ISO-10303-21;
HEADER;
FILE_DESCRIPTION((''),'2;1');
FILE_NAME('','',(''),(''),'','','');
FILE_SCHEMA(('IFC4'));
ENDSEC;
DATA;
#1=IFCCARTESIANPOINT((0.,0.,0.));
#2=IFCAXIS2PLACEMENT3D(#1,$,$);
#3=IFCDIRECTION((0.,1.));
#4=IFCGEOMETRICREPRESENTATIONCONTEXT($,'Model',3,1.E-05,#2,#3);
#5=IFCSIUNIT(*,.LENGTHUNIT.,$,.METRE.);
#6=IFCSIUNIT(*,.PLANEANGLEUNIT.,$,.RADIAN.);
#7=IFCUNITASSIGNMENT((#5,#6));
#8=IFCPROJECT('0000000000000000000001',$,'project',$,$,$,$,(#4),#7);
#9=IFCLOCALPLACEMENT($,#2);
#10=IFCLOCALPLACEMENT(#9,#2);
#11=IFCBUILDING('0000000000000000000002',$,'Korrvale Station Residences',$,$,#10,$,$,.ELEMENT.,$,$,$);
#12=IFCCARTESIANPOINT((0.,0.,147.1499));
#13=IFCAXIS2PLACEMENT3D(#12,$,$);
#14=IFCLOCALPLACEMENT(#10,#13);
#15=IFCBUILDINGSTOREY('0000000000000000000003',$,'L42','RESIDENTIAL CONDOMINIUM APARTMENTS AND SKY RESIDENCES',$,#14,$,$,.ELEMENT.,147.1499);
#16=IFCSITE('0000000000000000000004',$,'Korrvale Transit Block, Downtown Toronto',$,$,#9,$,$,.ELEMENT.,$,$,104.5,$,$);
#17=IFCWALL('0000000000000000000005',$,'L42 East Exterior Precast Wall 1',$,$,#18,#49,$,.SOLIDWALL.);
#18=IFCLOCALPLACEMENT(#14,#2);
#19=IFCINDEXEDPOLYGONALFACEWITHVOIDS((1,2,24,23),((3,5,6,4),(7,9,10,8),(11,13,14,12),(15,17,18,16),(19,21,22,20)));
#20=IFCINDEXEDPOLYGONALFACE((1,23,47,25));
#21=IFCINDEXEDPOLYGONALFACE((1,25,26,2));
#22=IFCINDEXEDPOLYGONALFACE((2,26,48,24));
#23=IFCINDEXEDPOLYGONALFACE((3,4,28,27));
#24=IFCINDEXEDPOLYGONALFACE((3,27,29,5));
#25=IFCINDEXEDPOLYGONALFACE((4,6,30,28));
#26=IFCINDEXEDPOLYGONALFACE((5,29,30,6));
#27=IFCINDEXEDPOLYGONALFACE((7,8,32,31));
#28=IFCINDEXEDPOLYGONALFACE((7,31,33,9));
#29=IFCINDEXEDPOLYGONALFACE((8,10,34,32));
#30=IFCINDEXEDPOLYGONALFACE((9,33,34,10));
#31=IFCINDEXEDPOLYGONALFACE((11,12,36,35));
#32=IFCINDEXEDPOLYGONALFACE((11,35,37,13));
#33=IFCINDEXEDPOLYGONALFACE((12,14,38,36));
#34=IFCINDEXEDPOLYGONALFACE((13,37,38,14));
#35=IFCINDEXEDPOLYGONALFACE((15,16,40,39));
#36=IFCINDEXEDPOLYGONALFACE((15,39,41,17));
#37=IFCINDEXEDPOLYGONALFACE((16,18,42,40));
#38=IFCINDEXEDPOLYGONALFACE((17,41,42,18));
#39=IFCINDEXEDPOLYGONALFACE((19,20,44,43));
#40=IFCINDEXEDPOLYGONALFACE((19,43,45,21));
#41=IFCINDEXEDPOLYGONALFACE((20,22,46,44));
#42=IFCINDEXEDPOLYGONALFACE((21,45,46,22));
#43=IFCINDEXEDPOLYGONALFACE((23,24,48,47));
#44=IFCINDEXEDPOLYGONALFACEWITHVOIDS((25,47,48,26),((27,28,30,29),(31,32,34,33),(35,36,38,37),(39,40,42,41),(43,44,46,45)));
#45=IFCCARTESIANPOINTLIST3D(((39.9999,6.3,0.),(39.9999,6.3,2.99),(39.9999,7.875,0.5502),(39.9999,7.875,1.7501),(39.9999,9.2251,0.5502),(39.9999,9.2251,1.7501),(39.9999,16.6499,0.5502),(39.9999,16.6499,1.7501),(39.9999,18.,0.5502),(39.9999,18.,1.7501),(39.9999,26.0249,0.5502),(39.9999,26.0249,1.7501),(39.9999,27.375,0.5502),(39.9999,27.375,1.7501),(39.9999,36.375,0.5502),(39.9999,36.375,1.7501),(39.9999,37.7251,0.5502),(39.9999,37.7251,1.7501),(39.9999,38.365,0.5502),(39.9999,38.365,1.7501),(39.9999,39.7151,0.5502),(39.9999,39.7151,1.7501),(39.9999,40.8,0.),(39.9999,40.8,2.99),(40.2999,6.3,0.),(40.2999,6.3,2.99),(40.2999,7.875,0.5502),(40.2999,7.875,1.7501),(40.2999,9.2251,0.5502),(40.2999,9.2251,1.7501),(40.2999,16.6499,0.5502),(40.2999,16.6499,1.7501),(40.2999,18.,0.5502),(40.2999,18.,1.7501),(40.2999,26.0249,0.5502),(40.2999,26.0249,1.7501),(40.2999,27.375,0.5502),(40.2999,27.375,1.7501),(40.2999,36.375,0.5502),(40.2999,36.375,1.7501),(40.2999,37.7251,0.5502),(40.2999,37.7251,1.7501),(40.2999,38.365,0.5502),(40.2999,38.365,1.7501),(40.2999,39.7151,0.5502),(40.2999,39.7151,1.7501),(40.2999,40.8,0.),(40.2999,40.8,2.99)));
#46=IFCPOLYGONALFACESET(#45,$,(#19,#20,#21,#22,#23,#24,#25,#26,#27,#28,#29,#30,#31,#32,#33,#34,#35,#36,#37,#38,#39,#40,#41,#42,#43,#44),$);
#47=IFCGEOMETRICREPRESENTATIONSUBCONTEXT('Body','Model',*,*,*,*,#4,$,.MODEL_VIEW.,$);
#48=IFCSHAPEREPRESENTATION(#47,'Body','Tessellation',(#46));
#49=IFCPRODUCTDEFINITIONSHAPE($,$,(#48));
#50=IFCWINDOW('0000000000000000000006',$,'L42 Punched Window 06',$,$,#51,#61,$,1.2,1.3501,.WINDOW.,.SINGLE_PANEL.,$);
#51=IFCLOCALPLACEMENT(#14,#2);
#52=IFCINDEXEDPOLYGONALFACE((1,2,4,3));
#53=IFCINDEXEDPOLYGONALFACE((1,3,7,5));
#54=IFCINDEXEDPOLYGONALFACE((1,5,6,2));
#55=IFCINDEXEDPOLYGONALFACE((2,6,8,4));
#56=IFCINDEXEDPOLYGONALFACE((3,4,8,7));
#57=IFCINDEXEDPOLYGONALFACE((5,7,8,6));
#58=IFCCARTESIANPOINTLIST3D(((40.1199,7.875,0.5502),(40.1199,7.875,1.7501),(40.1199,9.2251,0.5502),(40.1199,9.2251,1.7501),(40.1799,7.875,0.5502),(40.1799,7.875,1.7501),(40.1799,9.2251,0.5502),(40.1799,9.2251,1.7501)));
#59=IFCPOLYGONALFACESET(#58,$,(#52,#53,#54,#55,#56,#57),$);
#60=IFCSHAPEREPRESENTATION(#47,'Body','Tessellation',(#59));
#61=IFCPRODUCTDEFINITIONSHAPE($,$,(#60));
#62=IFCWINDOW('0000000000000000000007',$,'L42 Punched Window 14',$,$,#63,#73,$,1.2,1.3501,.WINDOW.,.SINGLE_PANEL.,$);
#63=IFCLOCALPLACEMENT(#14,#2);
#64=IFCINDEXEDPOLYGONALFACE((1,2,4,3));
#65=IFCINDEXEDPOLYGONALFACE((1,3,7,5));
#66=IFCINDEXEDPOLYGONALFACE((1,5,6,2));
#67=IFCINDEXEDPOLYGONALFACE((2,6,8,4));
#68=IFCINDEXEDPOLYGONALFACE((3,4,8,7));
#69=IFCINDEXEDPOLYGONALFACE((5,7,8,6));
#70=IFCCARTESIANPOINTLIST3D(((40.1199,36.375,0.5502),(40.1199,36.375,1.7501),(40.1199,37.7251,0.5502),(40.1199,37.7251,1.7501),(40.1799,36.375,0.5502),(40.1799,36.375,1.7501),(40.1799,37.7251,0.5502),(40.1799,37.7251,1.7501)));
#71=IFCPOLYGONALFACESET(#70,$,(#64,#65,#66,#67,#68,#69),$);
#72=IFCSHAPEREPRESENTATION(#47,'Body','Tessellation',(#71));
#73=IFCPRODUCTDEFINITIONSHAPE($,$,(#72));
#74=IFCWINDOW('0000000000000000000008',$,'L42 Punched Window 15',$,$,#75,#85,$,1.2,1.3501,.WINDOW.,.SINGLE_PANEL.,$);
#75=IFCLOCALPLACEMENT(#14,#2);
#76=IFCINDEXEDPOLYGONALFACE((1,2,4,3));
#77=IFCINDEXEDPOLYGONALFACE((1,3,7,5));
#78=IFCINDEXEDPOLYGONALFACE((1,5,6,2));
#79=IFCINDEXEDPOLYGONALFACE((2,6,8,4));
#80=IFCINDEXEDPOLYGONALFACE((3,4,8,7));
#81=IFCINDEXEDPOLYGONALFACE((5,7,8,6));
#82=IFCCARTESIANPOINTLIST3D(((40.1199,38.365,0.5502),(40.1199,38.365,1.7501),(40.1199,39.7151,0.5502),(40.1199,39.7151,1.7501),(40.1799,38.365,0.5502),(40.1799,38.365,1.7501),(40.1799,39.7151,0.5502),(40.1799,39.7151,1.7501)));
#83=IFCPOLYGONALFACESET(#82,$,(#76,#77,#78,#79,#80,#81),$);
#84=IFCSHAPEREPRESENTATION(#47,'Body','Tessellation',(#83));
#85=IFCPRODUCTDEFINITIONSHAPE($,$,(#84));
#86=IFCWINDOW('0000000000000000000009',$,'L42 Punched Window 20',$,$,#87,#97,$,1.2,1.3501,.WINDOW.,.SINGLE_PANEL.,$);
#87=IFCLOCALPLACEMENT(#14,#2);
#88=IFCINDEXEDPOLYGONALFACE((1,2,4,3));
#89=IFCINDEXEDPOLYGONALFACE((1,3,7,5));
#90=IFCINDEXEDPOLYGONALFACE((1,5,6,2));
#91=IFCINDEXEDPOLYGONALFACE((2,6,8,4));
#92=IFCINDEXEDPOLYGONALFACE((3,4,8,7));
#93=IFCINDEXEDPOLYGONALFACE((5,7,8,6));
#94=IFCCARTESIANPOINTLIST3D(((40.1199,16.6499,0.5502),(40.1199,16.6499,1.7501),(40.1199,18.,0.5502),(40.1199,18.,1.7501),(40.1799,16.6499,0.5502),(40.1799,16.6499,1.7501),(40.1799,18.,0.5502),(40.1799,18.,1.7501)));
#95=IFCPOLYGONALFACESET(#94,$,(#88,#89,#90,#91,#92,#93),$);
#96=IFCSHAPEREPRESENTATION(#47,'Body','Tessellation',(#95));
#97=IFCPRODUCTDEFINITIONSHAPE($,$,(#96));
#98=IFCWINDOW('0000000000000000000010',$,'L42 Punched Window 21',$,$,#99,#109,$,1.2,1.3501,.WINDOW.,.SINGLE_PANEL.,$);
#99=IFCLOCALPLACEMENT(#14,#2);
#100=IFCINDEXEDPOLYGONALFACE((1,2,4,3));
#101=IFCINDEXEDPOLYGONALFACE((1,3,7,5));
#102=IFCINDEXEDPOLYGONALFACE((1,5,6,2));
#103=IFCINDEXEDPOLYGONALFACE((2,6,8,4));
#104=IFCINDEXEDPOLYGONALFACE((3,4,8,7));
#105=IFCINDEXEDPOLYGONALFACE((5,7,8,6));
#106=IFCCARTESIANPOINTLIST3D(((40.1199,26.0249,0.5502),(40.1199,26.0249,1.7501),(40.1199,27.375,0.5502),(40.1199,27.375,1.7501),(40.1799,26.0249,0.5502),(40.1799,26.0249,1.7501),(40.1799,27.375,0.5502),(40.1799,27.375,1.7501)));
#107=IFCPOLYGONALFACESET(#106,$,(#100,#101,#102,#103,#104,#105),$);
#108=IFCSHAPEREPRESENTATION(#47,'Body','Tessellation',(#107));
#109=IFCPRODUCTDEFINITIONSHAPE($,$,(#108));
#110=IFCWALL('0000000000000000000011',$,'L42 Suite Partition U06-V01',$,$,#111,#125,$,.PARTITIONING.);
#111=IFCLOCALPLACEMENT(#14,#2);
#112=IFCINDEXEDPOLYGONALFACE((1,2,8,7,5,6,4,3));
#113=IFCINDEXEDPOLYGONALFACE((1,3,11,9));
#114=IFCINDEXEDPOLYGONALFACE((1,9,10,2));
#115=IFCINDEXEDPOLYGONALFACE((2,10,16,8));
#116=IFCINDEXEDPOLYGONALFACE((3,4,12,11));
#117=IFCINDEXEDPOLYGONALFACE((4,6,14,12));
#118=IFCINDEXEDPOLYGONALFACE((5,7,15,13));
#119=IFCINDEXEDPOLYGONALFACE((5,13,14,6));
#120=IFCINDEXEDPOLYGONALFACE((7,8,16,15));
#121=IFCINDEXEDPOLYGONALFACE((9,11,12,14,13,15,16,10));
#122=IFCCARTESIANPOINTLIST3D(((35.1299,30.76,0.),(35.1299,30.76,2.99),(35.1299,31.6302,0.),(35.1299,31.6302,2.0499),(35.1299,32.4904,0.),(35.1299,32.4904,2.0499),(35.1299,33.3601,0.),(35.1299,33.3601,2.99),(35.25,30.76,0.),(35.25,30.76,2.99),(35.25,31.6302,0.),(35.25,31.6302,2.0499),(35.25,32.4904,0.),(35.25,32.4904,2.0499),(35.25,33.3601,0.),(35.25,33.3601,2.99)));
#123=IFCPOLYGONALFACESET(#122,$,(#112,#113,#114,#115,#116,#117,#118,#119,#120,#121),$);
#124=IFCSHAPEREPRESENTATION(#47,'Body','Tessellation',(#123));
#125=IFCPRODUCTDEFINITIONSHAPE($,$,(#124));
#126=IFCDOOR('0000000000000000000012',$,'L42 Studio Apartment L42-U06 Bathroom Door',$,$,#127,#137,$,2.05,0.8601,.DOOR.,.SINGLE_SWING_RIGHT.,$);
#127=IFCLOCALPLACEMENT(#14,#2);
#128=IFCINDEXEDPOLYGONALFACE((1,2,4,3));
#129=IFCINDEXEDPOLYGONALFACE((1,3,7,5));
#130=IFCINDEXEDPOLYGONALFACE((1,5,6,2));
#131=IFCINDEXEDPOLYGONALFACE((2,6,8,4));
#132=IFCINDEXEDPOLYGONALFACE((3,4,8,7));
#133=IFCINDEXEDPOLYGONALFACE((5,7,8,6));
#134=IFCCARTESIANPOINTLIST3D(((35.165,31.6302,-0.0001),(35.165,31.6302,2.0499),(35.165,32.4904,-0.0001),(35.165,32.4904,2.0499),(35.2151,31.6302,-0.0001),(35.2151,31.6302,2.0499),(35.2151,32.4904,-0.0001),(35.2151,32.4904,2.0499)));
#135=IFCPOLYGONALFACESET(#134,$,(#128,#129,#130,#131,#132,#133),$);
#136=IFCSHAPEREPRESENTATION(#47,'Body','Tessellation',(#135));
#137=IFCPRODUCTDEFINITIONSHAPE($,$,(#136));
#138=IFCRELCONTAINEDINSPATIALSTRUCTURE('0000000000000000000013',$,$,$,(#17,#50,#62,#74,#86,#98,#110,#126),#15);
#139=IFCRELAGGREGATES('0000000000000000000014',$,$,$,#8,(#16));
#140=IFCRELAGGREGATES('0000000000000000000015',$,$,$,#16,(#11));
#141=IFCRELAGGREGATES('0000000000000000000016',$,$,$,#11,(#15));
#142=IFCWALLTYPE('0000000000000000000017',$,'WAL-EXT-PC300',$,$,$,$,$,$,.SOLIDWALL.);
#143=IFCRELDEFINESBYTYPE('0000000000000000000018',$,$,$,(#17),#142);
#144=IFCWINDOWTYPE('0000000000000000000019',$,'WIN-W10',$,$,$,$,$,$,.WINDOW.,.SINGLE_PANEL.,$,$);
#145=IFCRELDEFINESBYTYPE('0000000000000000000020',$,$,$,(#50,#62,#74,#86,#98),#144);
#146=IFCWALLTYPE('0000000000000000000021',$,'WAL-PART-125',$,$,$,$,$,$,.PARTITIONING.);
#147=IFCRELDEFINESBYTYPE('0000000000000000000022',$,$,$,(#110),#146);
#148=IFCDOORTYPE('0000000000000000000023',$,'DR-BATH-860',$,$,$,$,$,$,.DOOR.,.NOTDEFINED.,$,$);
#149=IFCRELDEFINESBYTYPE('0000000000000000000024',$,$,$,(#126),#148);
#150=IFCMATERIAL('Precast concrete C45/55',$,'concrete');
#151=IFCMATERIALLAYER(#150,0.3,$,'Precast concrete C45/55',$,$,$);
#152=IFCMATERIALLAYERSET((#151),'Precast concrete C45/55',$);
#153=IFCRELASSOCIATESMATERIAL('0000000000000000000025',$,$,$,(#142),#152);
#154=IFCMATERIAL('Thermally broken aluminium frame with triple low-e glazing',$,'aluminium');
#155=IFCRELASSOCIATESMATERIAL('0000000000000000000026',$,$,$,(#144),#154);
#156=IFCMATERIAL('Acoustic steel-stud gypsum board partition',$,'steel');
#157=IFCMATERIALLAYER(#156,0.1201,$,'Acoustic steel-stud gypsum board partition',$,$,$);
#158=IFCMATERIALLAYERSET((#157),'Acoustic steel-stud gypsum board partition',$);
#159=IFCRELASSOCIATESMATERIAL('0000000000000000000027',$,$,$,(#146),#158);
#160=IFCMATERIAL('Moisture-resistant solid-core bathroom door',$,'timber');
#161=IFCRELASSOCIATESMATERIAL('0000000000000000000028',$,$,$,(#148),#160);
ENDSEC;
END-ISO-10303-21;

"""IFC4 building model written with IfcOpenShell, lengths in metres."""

from ifc_helpers import new_model, si_unit, direction, frame, frame_2d, origin, place, context, subcontext, project, spatial, rectangle, extrude, material, layer, layer_set, type_object, element, fill, save


model = new_model("IFC4")

# Units and contexts
model_context = context("Model", 3, precision=1e-05, world=origin(), true_north=direction((0.0, 1.0)))
body_context = subcontext(model_context, "Body", "Model", "MODEL_VIEW")
ifc_project = project(units=[si_unit("LENGTHUNIT", "METRE"), si_unit("PLANEANGLEUNIT", "RADIAN")], contexts=[model_context])

# Site, building, storey
site_placement = place(None, origin())
site = spatial("IfcSite", under=ifc_project, at=site_placement, Name="Korrvale Transit Block, Downtown Toronto", CompositionType="ELEMENT", RefElevation=104.5)
building_placement = place(site_placement, origin())
building = spatial("IfcBuilding", under=site, at=building_placement, Name="Korrvale Station Residences", CompositionType="ELEMENT")
storey_placement = place(building_placement, frame((0.0, 0.0, 147.1499)))
storey = spatial("IfcBuildingStorey", under=building, at=storey_placement, Name="L42", Description="RESIDENTIAL CONDOMINIUM APARTMENTS AND SKY RESIDENCES", CompositionType="ELEMENT", Elevation=147.1499)

# Shared definitions
ifc_material_1 = material(Name="Precast concrete C45/55", Category="concrete")
ifc_layer_1 = layer(ifc_material_1, 0.3, Name="Precast concrete C45/55")
ifc_layer_set_1 = layer_set([ifc_layer_1], Name="Precast concrete C45/55")
wall_type_1 = type_object("IfcWallType", Name="WAL-EXT-PC300", PredefinedType="SOLIDWALL", material=ifc_layer_set_1)

# Wall, openings, windows
wall_1_placement = place(storey_placement, frame((40.1499, 40.8, 0.0), z_axis=(0.0, 0.0, 1.0), x_axis=(0.0, -1.0, 0.0)))
wall_1 = element("IfcWall", 1, at=wall_1_placement, inside=storey, type_object=wall_type_1, Name="L42 East Exterior Precast Wall 1", PredefinedType="SOLIDWALL", context=body_context, shape_type="SweptSolid", body=[
    extrude(rectangle(XDim=34.5, YDim=0.3, at=frame_2d((17.25, 0.0))), origin(), (0.0, 0.0, 1.0), 2.99),
])
opening_1_placement = place(wall_1_placement, frame((31.575, 0.0, 0.55)))
opening_1 = element("IfcOpeningElement", 2, at=opening_1_placement, cuts=wall_1, PredefinedType="OPENING", context=body_context, shape_type="SweptSolid", body=[
    extrude(rectangle(XDim=1.3501, YDim=1.2, at=frame_2d((0.675, 0.6001))), frame((0.0, 0.1602, 0.0), z_axis=(0.0, -1.0, 0.0), x_axis=(1.0, 0.0, 0.0)), (0.0, 0.0, 1.0), 0.3201),
])
opening_2_placement = place(wall_1_placement, frame((3.075, 0.0, 0.55)))
opening_2 = element("IfcOpeningElement", 3, at=opening_2_placement, cuts=wall_1, PredefinedType="OPENING", context=body_context, shape_type="SweptSolid", body=[
    extrude(rectangle(XDim=1.3501, YDim=1.2, at=frame_2d((0.675, 0.6001))), frame((0.0, 0.1602, 0.0), z_axis=(0.0, -1.0, 0.0), x_axis=(1.0, 0.0, 0.0)), (0.0, 0.0, 1.0), 0.3201),
])
opening_3_placement = place(wall_1_placement, frame((1.085, 0.0, 0.55)))
opening_3 = element("IfcOpeningElement", 4, at=opening_3_placement, cuts=wall_1, PredefinedType="OPENING", context=body_context, shape_type="SweptSolid", body=[
    extrude(rectangle(XDim=1.3501, YDim=1.2, at=frame_2d((0.675, 0.6001))), frame((0.0, 0.1602, 0.0), z_axis=(0.0, -1.0, 0.0), x_axis=(1.0, 0.0, 0.0)), (0.0, 0.0, 1.0), 0.3201),
])
opening_4_placement = place(wall_1_placement, frame((22.8, 0.0, 0.55)))
opening_4 = element("IfcOpeningElement", 5, at=opening_4_placement, cuts=wall_1, PredefinedType="OPENING", context=body_context, shape_type="SweptSolid", body=[
    extrude(rectangle(XDim=1.3501, YDim=1.2, at=frame_2d((0.675, 0.6001))), frame((0.0, 0.1602, 0.0), z_axis=(0.0, -1.0, 0.0), x_axis=(1.0, 0.0, 0.0)), (0.0, 0.0, 1.0), 0.3201),
])
opening_5_placement = place(wall_1_placement, frame((13.425, 0.0, 0.55)))
opening_5 = element("IfcOpeningElement", 6, at=opening_5_placement, cuts=wall_1, PredefinedType="OPENING", context=body_context, shape_type="SweptSolid", body=[
    extrude(rectangle(XDim=1.3501, YDim=1.2, at=frame_2d((0.675, 0.6001))), frame((0.0, 0.1602, 0.0), z_axis=(0.0, -1.0, 0.0), x_axis=(1.0, 0.0, 0.0)), (0.0, 0.0, 1.0), 0.3201),
])
ifc_material_2 = material(Name="Thermally broken aluminium frame with triple low-e glazing", Category="aluminium")
window_type = type_object("IfcWindowType", Name="WIN-W10", PartitioningType="SINGLE_PANEL", PredefinedType="WINDOW", material=ifc_material_2)
window_1_placement = place(opening_1_placement, origin())
window_1 = element("IfcWindow", 7, at=window_1_placement, inside=storey, type_object=window_type, Name="L42 Punched Window 06", OverallHeight=1.2, OverallWidth=1.3501, PartitioningType="SINGLE_PANEL", PredefinedType="WINDOW", context=body_context, shape_type="SweptSolid", body=[
    extrude(rectangle(XDim=1.3501, YDim=1.2, at=frame_2d((0.675, 0.6001))), frame((0.0, 0.03, 0.0), z_axis=(0.0, -1.0, 0.0), x_axis=(1.0, 0.0, 0.0)), (0.0, 0.0, 1.0), 0.0601),
])
fill(opening_1, window_1)
window_2_placement = place(opening_2_placement, origin())
window_2 = element("IfcWindow", 8, at=window_2_placement, inside=storey, type_object=window_type, Name="L42 Punched Window 14", OverallHeight=1.2, OverallWidth=1.3501, PartitioningType="SINGLE_PANEL", PredefinedType="WINDOW", context=body_context, shape_type="SweptSolid", body=[
    extrude(rectangle(XDim=1.3501, YDim=1.2, at=frame_2d((0.675, 0.6001))), frame((0.0, 0.03, 0.0), z_axis=(0.0, -1.0, 0.0), x_axis=(1.0, 0.0, 0.0)), (0.0, 0.0, 1.0), 0.0601),
])
fill(opening_2, window_2)
window_3_placement = place(opening_3_placement, origin())
window_3 = element("IfcWindow", 9, at=window_3_placement, inside=storey, type_object=window_type, Name="L42 Punched Window 15", OverallHeight=1.2, OverallWidth=1.3501, PartitioningType="SINGLE_PANEL", PredefinedType="WINDOW", context=body_context, shape_type="SweptSolid", body=[
    extrude(rectangle(XDim=1.3501, YDim=1.2, at=frame_2d((0.675, 0.6001))), frame((0.0, 0.03, 0.0), z_axis=(0.0, -1.0, 0.0), x_axis=(1.0, 0.0, 0.0)), (0.0, 0.0, 1.0), 0.0601),
])
fill(opening_3, window_3)
window_4_placement = place(opening_4_placement, origin())
window_4 = element("IfcWindow", 10, at=window_4_placement, inside=storey, type_object=window_type, Name="L42 Punched Window 20", OverallHeight=1.2, OverallWidth=1.3501, PartitioningType="SINGLE_PANEL", PredefinedType="WINDOW", context=body_context, shape_type="SweptSolid", body=[
    extrude(rectangle(XDim=1.3501, YDim=1.2, at=frame_2d((0.675, 0.6001))), frame((0.0, 0.03, 0.0), z_axis=(0.0, -1.0, 0.0), x_axis=(1.0, 0.0, 0.0)), (0.0, 0.0, 1.0), 0.0601),
])
fill(opening_4, window_4)
window_5_placement = place(opening_5_placement, origin())
window_5 = element("IfcWindow", 11, at=window_5_placement, inside=storey, type_object=window_type, Name="L42 Punched Window 21", OverallHeight=1.2, OverallWidth=1.3501, PartitioningType="SINGLE_PANEL", PredefinedType="WINDOW", context=body_context, shape_type="SweptSolid", body=[
    extrude(rectangle(XDim=1.3501, YDim=1.2, at=frame_2d((0.675, 0.6001))), frame((0.0, 0.03, 0.0), z_axis=(0.0, -1.0, 0.0), x_axis=(1.0, 0.0, 0.0)), (0.0, 0.0, 1.0), 0.0601),
])
fill(opening_5, window_5)

# Wall, opening, door
ifc_material_3 = material(Name="Acoustic steel-stud gypsum board partition", Category="steel")
ifc_layer_2 = layer(ifc_material_3, 0.1201, Name="Acoustic steel-stud gypsum board partition")
ifc_layer_set_2 = layer_set([ifc_layer_2], Name="Acoustic steel-stud gypsum board partition")
wall_type_2 = type_object("IfcWallType", Name="WAL-PART-125", PredefinedType="PARTITIONING", material=ifc_layer_set_2)
wall_2_placement = place(storey_placement, frame((35.1899, 30.76, 0.0), z_axis=(0.0, 0.0, 1.0), x_axis=(0.0, 1.0, 0.0)))
wall_2 = element("IfcWall", 12, at=wall_2_placement, inside=storey, type_object=wall_type_2, Name="L42 Suite Partition U06-V01", PredefinedType="PARTITIONING", context=body_context, shape_type="SweptSolid", body=[
    extrude(rectangle(XDim=2.6001, YDim=0.1201, at=frame_2d((1.3, 0.0))), origin(), (0.0, 0.0, 1.0), 2.99),
])
opening_6_placement = place(wall_2_placement, frame((0.8701, 0.0, 0.0)))
opening_6 = element("IfcOpeningElement", 13, at=opening_6_placement, cuts=wall_2, PredefinedType="OPENING", context=body_context, shape_type="SweptSolid", body=[
    extrude(rectangle(XDim=0.8601, YDim=2.05, at=frame_2d((0.4302, 1.0249))), frame((0.0, 0.0701, 0.0), z_axis=(0.0, -1.0, 0.0), x_axis=(1.0, 0.0, 0.0)), (0.0, 0.0, 1.0), 0.1401),
])
ifc_material_4 = material(Name="Moisture-resistant solid-core bathroom door", Category="timber")
door_type_1 = type_object("IfcDoorType", Name="DR-BATH-860", OperationType="NOTDEFINED", PredefinedType="DOOR", material=ifc_material_4)
door_1_placement = place(opening_6_placement, origin())
door_1 = element("IfcDoor", 14, at=door_1_placement, inside=storey, type_object=door_type_1, Name="L42 Studio Apartment L42-U06 Bathroom Door", OperationType="SINGLE_SWING_RIGHT", OverallHeight=2.05, OverallWidth=0.8601, PredefinedType="DOOR", context=body_context, shape_type="SweptSolid", body=[
    extrude(rectangle(XDim=0.8601, YDim=2.05, at=frame_2d((0.4302, 1.0249))), frame((0.0, 0.0249, 0.0), z_axis=(0.0, -1.0, 0.0), x_axis=(1.0, 0.0, 0.0)), (0.0, 0.0, 1.0), 0.05),
])
fill(opening_6, door_1)

save(model, "model.ifc")
